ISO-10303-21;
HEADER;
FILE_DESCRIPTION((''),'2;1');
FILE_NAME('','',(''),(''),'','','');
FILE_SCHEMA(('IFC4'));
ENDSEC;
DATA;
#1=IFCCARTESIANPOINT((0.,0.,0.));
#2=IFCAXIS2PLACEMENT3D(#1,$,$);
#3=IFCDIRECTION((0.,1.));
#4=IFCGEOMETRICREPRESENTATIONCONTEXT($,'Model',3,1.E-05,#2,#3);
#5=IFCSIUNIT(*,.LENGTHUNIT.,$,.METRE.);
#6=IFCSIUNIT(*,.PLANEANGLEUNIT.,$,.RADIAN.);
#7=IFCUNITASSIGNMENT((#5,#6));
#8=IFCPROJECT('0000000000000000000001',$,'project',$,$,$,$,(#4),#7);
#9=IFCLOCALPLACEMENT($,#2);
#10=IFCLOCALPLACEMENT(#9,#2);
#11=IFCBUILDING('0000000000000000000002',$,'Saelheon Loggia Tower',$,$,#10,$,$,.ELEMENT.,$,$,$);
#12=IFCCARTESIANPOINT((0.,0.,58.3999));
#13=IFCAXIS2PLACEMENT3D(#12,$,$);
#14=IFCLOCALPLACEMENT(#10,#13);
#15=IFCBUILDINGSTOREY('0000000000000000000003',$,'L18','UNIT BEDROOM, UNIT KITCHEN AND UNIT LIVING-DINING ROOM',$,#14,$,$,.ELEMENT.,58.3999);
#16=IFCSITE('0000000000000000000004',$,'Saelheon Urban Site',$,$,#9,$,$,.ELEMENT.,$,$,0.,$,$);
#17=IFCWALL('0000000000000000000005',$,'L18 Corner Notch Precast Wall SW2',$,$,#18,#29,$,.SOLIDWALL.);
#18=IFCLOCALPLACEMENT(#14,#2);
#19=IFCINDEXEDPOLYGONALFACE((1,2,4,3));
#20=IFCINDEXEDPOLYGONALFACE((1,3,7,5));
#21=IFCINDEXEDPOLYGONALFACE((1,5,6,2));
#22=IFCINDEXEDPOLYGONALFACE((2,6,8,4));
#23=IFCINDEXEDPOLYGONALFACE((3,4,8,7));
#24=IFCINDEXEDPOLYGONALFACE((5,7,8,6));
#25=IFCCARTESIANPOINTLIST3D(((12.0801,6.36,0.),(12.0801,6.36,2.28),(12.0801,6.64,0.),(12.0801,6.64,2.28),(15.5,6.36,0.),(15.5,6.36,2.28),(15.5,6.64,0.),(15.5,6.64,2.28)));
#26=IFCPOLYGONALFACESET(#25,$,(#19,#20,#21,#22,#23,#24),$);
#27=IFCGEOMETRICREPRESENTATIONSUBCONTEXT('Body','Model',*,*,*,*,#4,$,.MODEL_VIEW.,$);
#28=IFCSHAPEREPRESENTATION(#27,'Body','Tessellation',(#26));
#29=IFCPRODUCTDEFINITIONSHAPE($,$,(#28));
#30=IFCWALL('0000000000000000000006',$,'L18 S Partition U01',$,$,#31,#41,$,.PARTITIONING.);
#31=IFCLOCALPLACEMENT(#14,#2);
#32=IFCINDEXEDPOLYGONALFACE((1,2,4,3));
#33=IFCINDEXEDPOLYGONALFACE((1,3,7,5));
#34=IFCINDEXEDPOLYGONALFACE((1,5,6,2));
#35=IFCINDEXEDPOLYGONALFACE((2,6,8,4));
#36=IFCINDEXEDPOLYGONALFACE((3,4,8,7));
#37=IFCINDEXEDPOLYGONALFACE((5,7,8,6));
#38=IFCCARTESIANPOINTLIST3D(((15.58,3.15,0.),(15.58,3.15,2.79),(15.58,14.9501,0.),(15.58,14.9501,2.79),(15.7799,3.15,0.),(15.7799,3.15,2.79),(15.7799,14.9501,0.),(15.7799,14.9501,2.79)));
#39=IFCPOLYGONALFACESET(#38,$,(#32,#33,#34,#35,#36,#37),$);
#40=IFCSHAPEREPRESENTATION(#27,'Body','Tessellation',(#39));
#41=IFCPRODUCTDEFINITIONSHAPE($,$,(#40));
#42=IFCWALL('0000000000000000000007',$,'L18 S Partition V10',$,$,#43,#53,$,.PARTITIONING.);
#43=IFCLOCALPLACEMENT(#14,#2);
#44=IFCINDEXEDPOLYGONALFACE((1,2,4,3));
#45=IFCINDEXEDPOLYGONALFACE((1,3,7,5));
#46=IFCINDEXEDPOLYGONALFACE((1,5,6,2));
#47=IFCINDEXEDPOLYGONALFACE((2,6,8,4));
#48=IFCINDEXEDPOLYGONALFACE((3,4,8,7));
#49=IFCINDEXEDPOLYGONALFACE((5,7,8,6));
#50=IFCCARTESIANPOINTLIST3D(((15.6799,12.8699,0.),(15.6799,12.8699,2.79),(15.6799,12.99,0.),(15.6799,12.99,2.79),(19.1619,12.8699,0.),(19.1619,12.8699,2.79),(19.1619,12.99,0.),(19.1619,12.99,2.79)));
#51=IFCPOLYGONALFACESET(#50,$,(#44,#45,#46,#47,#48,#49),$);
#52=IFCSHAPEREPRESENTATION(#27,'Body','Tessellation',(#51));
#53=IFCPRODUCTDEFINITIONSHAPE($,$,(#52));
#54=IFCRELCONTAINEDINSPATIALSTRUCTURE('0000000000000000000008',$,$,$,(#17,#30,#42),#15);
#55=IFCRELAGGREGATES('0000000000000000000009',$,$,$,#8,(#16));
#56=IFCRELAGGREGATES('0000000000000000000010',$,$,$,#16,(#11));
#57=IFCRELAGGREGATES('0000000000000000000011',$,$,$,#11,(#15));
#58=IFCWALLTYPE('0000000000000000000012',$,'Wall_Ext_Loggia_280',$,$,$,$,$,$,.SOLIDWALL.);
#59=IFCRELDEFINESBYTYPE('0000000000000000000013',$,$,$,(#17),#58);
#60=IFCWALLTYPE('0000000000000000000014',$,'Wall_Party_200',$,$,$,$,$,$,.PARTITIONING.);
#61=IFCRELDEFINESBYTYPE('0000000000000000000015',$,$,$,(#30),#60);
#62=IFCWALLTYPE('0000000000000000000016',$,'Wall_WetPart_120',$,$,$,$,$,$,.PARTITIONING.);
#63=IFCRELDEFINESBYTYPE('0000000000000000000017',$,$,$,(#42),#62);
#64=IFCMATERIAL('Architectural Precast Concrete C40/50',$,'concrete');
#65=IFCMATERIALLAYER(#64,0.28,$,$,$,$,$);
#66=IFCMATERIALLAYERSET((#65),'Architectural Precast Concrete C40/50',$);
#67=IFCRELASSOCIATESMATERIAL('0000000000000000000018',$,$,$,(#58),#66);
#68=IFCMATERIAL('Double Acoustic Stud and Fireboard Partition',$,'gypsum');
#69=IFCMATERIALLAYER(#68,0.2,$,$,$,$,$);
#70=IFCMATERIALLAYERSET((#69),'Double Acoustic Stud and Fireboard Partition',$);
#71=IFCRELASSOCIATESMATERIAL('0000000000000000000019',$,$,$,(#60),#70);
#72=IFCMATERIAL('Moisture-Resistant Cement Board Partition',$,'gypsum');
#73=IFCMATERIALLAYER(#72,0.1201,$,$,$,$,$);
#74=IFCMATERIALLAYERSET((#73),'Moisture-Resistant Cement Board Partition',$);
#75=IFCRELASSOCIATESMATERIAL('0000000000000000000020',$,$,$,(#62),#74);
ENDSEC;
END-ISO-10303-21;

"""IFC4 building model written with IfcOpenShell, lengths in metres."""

from ifc_helpers import new_model, si_unit, direction, frame, frame_2d, origin, place, context, subcontext, project, spatial, rectangle, extrude, material, layer, layer_set, type_object, element, save


model = new_model("IFC4")

# Units and contexts
model_context = context("Model", 3, precision=1e-05, world=origin(), true_north=direction((0.0, 1.0)))
body_context = subcontext(model_context, "Body", "Model", "MODEL_VIEW")
ifc_project = project(units=[si_unit("LENGTHUNIT", "METRE"), si_unit("PLANEANGLEUNIT", "RADIAN")], contexts=[model_context])

# Site, building, storey
site_placement = place(None, origin())
site = spatial("IfcSite", under=ifc_project, at=site_placement, Name="Saelheon Urban Site", CompositionType="ELEMENT", RefElevation=0.0)
building_placement = place(site_placement, origin())
building = spatial("IfcBuilding", under=site, at=building_placement, Name="Saelheon Loggia Tower", CompositionType="ELEMENT")
storey_placement = place(building_placement, frame((0.0, 0.0, 58.3999)))
storey = spatial("IfcBuildingStorey", under=building, at=storey_placement, Name="L18", Description="UNIT BEDROOM, UNIT KITCHEN AND UNIT LIVING-DINING ROOM", CompositionType="ELEMENT", Elevation=58.3999)

# Shared definitions
ifc_material_1 = material(Name="Architectural Precast Concrete C40/50", Category="concrete")
ifc_layer_1 = layer(ifc_material_1, 0.28)
ifc_layer_set_1 = layer_set([ifc_layer_1], Name="Architectural Precast Concrete C40/50")
wall_type_1 = type_object("IfcWallType", Name="Wall_Ext_Loggia_280", PredefinedType="SOLIDWALL", material=ifc_layer_set_1)

# Walls
wall_1_placement = place(storey_placement, frame((12.0801, 6.5, 0.0), z_axis=(0.0, 0.0, 1.0), x_axis=(1.0, 0.0, 0.0)))
element("IfcWall", 1, at=wall_1_placement, inside=storey, type_object=wall_type_1, Name="L18 Corner Notch Precast Wall SW2", PredefinedType="SOLIDWALL", context=body_context, shape_type="SweptSolid", body=[
    extrude(rectangle(XDim=3.4199, YDim=0.28, at=frame_2d((1.71, 0.0))), origin(), (0.0, 0.0, 1.0), 2.28),
])
ifc_material_2 = material(Name="Double Acoustic Stud and Fireboard Partition", Category="gypsum")
ifc_layer_2 = layer(ifc_material_2, 0.2)
ifc_layer_set_2 = layer_set([ifc_layer_2], Name="Double Acoustic Stud and Fireboard Partition")
wall_type_2 = type_object("IfcWallType", Name="Wall_Party_200", PredefinedType="PARTITIONING", material=ifc_layer_set_2)
wall_2_placement = place(storey_placement, frame((15.6799, 14.95, 0.0), z_axis=(0.0, 0.0, 1.0), x_axis=(0.0, -1.0, 0.0)))
element("IfcWall", 2, at=wall_2_placement, inside=storey, type_object=wall_type_2, Name="L18 S Partition U01", PredefinedType="PARTITIONING", context=body_context, shape_type="SweptSolid", body=[
    extrude(rectangle(XDim=11.8, YDim=0.2, at=frame_2d((5.8999, 0.0))), origin(), (0.0, 0.0, 1.0), 2.79),
])
ifc_material_3 = material(Name="Moisture-Resistant Cement Board Partition", Category="gypsum")
ifc_layer_3 = layer(ifc_material_3, 0.1201)
ifc_layer_set_3 = layer_set([ifc_layer_3], Name="Moisture-Resistant Cement Board Partition")
wall_type_3 = type_object("IfcWallType", Name="Wall_WetPart_120", PredefinedType="PARTITIONING", material=ifc_layer_set_3)
wall_3_placement = place(storey_placement, frame((15.6799, 12.9299, 0.0), z_axis=(0.0, 0.0, 1.0), x_axis=(1.0, 0.0, 0.0)))
element("IfcWall", 3, at=wall_3_placement, inside=storey, type_object=wall_type_3, Name="L18 S Partition V10", PredefinedType="PARTITIONING", context=body_context, shape_type="SweptSolid", body=[
    extrude(rectangle(XDim=3.4819, YDim=0.1201, at=frame_2d((1.741, 0.0))), origin(), (0.0, 0.0, 1.0), 2.79),
])

save(model, "model.ifc")
